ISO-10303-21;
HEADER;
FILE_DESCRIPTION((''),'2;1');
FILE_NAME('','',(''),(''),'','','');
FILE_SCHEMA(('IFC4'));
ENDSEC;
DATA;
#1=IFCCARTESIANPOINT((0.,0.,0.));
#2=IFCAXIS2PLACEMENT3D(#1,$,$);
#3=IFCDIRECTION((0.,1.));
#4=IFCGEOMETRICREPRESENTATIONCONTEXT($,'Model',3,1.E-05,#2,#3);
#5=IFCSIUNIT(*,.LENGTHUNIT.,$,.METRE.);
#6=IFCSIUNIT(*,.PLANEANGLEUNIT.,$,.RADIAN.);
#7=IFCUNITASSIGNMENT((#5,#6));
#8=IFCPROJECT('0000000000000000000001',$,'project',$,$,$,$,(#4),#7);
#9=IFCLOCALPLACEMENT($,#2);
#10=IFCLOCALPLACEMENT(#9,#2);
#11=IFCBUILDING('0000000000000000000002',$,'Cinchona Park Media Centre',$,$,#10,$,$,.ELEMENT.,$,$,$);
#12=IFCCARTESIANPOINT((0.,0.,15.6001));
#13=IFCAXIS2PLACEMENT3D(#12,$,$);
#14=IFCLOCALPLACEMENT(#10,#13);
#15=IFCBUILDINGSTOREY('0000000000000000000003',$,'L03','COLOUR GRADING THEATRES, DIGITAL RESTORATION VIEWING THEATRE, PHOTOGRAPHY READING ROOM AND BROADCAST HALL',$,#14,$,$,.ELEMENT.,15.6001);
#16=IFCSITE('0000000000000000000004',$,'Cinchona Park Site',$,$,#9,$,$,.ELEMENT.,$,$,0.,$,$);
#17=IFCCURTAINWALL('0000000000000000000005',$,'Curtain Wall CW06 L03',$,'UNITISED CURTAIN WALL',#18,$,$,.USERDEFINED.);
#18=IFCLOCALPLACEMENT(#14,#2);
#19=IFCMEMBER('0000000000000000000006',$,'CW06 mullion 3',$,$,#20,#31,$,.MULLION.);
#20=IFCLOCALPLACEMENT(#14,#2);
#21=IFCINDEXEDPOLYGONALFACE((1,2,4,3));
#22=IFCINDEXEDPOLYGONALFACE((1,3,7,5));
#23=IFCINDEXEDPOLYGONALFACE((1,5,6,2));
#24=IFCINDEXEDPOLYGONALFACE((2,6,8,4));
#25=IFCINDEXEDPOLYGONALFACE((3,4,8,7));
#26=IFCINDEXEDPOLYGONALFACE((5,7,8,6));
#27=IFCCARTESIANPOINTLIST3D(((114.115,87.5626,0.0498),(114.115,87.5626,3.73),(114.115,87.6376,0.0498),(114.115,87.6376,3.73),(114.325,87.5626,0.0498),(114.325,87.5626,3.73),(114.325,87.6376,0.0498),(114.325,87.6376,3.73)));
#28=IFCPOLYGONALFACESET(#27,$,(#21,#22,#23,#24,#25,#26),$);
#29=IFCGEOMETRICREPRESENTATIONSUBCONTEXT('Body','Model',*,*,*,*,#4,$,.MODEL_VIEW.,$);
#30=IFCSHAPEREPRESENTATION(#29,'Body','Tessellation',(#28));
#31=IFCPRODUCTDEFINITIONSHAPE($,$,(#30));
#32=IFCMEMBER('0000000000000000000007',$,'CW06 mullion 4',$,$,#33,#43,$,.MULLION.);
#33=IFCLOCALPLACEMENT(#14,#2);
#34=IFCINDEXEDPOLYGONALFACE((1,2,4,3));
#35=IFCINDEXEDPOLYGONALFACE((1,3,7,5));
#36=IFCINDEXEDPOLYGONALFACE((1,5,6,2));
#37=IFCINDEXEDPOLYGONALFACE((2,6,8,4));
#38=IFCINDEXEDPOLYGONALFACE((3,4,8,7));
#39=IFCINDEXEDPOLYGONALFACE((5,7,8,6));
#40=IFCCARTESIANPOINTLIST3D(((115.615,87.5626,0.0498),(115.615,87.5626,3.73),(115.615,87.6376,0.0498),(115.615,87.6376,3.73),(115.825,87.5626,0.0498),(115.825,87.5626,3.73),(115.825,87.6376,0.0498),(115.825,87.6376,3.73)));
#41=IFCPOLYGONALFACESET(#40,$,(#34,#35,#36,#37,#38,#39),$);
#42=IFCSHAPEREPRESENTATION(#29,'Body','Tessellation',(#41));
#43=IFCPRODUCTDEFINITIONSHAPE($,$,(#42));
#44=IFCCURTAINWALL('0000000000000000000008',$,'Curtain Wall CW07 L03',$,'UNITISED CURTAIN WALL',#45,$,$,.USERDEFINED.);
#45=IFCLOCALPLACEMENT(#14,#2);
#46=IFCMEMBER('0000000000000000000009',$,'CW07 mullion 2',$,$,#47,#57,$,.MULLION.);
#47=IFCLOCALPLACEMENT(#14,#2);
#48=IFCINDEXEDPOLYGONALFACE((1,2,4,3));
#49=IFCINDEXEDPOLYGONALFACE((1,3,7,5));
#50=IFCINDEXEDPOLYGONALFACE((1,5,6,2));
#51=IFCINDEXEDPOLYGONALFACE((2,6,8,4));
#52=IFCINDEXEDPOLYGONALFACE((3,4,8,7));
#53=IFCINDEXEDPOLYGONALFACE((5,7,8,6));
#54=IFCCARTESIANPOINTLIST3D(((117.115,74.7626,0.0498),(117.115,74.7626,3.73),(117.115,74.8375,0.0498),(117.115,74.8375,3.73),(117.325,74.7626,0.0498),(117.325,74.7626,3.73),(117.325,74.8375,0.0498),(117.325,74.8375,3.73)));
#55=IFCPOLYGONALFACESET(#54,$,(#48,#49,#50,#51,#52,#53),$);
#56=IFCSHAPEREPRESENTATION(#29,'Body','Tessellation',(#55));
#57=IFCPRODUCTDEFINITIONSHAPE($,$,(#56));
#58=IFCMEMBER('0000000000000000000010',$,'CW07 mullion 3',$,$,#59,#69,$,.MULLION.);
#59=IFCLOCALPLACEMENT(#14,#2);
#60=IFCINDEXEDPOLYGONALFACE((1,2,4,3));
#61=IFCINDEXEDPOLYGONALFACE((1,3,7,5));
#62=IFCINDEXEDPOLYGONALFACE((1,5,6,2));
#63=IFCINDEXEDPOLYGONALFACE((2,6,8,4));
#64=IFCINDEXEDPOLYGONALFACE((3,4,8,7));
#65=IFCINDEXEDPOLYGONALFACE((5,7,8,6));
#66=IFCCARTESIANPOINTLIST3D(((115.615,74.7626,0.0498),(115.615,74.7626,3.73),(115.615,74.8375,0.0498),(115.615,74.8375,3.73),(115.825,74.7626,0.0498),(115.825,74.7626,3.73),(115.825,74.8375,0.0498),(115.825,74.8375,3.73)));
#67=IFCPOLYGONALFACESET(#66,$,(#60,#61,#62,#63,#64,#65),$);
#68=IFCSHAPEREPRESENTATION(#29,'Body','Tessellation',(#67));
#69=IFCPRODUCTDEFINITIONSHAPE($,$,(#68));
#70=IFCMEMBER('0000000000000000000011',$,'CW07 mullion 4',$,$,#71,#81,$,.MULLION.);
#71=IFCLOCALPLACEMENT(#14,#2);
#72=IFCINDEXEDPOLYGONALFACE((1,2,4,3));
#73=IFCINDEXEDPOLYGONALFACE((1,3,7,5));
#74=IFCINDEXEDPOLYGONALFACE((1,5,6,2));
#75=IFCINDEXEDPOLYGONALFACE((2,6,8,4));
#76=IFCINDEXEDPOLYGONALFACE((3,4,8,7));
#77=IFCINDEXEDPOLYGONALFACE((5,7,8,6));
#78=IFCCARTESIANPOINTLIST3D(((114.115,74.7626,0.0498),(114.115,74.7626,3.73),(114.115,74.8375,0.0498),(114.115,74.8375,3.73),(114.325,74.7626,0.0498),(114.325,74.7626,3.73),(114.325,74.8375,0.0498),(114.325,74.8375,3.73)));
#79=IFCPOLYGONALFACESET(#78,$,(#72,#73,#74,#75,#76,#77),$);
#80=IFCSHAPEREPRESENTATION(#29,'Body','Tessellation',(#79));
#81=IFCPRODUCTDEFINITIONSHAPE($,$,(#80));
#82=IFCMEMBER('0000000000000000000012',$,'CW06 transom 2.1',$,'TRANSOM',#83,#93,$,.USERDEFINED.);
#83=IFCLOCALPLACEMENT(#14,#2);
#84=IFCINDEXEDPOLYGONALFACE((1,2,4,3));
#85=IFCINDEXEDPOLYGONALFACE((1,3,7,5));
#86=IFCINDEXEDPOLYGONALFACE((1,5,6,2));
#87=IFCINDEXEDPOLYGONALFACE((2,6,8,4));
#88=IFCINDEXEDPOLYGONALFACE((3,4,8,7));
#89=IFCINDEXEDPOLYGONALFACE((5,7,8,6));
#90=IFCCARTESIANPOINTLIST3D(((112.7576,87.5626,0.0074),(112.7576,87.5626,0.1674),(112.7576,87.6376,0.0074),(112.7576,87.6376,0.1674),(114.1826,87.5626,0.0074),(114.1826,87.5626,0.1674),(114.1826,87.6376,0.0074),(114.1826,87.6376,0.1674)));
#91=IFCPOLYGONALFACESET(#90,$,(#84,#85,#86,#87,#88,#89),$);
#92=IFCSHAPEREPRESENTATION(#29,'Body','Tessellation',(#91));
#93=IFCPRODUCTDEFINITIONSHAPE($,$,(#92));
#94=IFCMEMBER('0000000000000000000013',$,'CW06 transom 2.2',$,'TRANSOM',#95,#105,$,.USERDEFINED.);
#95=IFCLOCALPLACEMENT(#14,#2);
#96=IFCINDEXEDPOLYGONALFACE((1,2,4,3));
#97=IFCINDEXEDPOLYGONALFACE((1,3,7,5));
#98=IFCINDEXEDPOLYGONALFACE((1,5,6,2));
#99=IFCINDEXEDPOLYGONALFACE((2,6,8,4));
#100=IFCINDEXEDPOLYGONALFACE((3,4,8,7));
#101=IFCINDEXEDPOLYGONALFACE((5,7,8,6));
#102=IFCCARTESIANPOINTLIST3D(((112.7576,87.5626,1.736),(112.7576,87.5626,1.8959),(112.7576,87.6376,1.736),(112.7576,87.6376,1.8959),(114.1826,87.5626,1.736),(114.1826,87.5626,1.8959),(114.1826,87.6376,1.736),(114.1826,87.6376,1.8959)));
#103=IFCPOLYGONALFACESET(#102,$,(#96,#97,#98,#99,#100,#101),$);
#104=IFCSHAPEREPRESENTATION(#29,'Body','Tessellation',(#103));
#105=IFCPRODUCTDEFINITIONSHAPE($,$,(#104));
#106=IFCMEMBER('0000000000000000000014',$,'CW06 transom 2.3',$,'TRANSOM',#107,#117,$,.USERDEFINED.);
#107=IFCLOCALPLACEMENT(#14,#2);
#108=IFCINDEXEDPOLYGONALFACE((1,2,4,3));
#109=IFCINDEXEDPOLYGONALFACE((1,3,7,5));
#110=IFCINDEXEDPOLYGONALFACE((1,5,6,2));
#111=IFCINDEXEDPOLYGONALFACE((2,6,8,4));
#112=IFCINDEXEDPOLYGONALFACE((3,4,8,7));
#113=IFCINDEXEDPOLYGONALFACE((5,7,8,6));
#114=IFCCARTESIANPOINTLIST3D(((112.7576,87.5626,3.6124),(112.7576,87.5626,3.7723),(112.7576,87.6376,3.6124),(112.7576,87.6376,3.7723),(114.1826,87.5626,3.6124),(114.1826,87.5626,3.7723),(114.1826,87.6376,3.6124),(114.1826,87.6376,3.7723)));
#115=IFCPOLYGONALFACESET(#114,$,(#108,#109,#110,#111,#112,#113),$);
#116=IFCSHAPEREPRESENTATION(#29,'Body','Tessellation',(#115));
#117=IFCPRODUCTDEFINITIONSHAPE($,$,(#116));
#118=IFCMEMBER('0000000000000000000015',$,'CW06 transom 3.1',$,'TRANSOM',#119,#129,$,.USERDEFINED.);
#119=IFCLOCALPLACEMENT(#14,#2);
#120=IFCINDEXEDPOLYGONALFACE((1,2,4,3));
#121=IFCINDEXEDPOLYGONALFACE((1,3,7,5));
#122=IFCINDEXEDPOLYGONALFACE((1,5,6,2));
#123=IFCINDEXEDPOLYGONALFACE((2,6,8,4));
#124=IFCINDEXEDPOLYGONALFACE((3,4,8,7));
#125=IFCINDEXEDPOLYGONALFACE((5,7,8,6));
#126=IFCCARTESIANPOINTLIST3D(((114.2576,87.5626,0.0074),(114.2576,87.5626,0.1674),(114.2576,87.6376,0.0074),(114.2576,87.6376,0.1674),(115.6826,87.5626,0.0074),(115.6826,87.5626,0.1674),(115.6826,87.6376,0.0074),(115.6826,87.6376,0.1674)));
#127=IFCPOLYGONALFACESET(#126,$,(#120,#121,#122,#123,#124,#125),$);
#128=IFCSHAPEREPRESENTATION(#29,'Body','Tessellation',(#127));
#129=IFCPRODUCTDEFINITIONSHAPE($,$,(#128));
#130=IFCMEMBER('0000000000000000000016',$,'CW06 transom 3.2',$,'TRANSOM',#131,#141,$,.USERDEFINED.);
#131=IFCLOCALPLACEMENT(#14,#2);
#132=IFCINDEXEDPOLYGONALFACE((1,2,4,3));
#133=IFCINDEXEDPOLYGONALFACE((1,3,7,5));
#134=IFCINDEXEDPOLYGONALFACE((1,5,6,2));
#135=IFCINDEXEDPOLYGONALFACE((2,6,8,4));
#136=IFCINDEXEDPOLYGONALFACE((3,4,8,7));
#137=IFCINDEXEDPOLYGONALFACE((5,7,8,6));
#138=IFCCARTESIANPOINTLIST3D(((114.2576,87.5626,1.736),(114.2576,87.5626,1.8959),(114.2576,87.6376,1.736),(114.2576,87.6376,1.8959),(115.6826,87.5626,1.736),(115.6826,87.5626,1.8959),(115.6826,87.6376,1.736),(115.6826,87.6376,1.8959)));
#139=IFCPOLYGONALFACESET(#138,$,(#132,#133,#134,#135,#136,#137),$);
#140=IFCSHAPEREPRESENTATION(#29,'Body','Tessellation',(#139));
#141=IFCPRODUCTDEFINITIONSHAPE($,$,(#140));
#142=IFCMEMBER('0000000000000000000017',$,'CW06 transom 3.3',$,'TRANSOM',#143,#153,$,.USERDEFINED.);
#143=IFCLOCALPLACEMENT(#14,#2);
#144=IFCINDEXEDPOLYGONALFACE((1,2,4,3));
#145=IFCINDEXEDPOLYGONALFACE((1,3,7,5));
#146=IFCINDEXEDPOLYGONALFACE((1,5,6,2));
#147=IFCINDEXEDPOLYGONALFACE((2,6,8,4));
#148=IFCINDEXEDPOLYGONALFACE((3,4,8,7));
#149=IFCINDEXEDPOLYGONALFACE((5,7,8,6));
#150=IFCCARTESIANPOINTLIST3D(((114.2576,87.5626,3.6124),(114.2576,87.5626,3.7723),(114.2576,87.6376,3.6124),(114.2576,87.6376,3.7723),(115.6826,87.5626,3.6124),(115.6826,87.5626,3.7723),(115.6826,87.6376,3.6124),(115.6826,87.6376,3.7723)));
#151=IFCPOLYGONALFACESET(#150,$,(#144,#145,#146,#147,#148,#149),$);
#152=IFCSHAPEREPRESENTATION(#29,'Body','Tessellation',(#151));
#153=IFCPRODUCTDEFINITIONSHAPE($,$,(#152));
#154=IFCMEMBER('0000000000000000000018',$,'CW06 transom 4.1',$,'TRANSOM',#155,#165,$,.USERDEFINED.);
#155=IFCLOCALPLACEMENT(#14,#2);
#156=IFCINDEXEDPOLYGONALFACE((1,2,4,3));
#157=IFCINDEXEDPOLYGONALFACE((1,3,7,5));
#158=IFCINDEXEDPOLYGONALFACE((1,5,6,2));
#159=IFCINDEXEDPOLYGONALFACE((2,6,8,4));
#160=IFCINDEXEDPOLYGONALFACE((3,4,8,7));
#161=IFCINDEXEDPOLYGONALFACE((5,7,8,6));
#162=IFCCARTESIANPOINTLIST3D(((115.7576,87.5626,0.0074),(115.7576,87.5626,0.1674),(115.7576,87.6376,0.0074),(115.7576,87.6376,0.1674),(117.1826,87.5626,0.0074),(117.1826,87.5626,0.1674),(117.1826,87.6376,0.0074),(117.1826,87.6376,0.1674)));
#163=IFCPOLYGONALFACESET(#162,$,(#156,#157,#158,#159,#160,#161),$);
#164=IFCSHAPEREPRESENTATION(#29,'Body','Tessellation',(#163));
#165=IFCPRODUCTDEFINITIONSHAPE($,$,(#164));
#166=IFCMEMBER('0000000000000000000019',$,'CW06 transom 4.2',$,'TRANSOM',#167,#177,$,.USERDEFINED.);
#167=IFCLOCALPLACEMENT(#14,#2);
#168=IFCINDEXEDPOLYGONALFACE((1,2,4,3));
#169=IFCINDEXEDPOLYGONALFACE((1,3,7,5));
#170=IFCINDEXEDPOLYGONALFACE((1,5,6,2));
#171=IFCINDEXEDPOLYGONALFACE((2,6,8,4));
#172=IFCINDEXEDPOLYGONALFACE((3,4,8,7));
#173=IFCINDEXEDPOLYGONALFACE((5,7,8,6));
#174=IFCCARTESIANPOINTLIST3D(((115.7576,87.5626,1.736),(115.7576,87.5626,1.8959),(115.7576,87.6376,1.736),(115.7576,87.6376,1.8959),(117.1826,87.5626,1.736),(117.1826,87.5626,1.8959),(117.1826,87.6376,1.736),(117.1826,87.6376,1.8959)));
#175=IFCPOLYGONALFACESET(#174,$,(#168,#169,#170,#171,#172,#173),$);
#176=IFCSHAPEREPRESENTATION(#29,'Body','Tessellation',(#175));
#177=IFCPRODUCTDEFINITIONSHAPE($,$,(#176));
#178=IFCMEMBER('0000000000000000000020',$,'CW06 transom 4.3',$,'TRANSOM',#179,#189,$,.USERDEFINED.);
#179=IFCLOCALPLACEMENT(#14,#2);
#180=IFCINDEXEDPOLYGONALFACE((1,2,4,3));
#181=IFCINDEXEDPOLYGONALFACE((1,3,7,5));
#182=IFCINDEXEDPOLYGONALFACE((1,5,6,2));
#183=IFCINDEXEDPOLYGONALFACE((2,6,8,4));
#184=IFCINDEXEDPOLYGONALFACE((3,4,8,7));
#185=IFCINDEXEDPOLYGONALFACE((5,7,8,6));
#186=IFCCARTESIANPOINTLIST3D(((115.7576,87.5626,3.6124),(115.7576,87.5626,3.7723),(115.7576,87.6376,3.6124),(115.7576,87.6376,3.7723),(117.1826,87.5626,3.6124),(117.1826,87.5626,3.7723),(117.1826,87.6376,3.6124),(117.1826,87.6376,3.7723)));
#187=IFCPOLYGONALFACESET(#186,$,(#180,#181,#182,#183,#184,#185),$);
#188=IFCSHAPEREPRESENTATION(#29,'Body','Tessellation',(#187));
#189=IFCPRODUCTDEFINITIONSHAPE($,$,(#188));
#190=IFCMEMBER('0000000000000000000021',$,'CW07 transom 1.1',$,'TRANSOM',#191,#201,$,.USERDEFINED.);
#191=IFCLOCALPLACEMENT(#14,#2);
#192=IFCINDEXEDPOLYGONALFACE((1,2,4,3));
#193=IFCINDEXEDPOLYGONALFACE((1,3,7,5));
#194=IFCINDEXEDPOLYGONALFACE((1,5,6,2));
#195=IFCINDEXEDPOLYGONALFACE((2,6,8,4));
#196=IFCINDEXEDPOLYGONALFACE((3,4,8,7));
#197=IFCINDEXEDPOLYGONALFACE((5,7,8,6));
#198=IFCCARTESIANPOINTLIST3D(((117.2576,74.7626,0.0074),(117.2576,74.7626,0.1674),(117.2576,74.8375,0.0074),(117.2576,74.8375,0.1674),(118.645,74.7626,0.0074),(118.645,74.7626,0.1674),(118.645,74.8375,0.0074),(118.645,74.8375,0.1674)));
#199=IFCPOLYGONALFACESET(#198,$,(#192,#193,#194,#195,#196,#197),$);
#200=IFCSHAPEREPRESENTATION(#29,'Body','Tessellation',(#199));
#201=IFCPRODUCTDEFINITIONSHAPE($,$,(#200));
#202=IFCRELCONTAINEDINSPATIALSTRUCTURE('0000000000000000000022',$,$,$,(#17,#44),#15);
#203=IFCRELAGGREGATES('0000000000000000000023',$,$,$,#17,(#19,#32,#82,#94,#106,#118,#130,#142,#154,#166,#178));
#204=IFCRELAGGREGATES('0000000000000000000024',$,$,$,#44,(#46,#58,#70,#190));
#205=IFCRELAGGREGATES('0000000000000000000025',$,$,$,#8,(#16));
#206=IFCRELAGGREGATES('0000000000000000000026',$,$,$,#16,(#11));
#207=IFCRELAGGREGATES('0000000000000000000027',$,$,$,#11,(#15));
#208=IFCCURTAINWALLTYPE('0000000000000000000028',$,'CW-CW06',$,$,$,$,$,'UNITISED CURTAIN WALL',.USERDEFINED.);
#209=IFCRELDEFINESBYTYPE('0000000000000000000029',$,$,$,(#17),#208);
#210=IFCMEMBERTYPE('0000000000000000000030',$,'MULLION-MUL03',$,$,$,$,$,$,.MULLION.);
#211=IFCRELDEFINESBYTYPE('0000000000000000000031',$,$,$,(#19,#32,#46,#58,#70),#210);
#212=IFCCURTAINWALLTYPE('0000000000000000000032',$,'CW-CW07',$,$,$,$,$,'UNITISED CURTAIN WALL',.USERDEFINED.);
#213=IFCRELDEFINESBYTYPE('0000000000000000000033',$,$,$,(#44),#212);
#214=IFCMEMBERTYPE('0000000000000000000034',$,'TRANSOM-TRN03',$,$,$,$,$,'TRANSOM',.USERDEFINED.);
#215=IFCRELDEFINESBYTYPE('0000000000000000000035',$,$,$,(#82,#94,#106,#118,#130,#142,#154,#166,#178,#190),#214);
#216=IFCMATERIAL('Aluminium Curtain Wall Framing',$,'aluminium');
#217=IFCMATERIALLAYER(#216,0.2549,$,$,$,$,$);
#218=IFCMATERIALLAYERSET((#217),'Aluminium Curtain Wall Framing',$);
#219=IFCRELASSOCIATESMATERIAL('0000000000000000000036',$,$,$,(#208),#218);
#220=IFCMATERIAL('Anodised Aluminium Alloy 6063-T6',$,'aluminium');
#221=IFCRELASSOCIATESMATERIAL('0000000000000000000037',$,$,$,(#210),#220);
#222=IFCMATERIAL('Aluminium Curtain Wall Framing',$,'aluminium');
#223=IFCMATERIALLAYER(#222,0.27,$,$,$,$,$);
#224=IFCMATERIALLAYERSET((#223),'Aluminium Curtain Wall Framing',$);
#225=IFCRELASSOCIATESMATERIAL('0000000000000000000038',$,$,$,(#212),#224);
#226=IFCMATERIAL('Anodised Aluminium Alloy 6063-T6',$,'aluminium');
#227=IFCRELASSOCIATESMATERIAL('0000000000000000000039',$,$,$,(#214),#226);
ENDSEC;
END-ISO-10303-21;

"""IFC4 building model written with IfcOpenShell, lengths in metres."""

from ifc_helpers import new_model, si_unit, direction, frame, origin, origin_2d, place, context, subcontext, project, spatial, rectangle, extrude, material, layer, layer_set, material_profile, profile_set, type_object, element, aggregate, save


model = new_model("IFC4")

# Units and contexts
model_context = context("Model", 3, precision=1e-05, world=origin(), true_north=direction((0.0, 1.0)))
body_context = subcontext(model_context, "Body", "Model", "MODEL_VIEW")
ifc_project = project(units=[si_unit("LENGTHUNIT", "METRE"), si_unit("PLANEANGLEUNIT", "RADIAN")], contexts=[model_context])

# Site, building, storey
site_placement = place(None, origin())
site = spatial("IfcSite", under=ifc_project, at=site_placement, Name="Cinchona Park Site", CompositionType="ELEMENT", RefElevation=0.0)
building_placement = place(site_placement, origin())
building = spatial("IfcBuilding", under=site, at=building_placement, Name="Cinchona Park Media Centre", CompositionType="ELEMENT")
storey_placement = place(building_placement, frame((0.0, 0.0, 15.6001)))
storey = spatial("IfcBuildingStorey", under=building, at=storey_placement, Name="L03", Description="COLOUR GRADING THEATRES, DIGITAL RESTORATION VIEWING THEATRE, PHOTOGRAPHY READING ROOM AND BROADCAST HALL", CompositionType="ELEMENT", Elevation=15.6001)

# Curtain walls, members
ifc_material_1 = material(Name="Aluminium Curtain Wall Framing", Category="aluminium")
ifc_layer_1 = layer(ifc_material_1, 0.2549)
ifc_layer_set_1 = layer_set([ifc_layer_1], Name="Aluminium Curtain Wall Framing")
curtain_wall_type_1 = type_object("IfcCurtainWallType", Name="CW-CW06", ElementType="UNITISED CURTAIN WALL", PredefinedType="USERDEFINED", material=ifc_layer_set_1)
curtain_wall_1_placement = place(storey_placement, origin())
curtain_wall_1 = element("IfcCurtainWall", 1, at=curtain_wall_1_placement, inside=storey, type_object=curtain_wall_type_1, Name="Curtain Wall CW06 L03", ObjectType="UNITISED CURTAIN WALL", PredefinedType="USERDEFINED")
ifc_material_2 = material(Name="Anodised Aluminium Alloy 6063-T6", Category="aluminium")
ifc_material_profile_1 = material_profile(ifc_material_2, rectangle(XDim=0.075, YDim=0.21, at=origin_2d()), Name="MUL-75X210")
ifc_profile_set_1 = profile_set([ifc_material_profile_1], Name="Anodised Aluminium Alloy 6063-T6")
member_type_1 = type_object("IfcMemberType", Name="MULLION-MUL03", PredefinedType="MULLION", material=ifc_profile_set_1)
member_1_placement = place(storey_placement, frame((114.22, 87.6001, 0.0498), z_axis=(0.0, 0.0, 1.0), x_axis=(0.0, 1.0, 0.0)))
member_1 = element("IfcMember", 2, at=member_1_placement, type_object=member_type_1, Name="CW06 mullion 3", PredefinedType="MULLION", context=body_context, shape_type="SweptSolid", body=[
    extrude(rectangle(XDim=0.075, YDim=0.21, at=origin_2d()), origin(), (0.0, 0.0, 1.0), 3.6802),
])
member_2_placement = place(storey_placement, frame((115.72, 87.6001, 0.0498), z_axis=(0.0, 0.0, 1.0), x_axis=(0.0, 1.0, 0.0)))
member_2 = element("IfcMember", 3, at=member_2_placement, type_object=member_type_1, Name="CW06 mullion 4", PredefinedType="MULLION", context=body_context, shape_type="SweptSolid", body=[
    extrude(rectangle(XDim=0.075, YDim=0.21, at=origin_2d()), origin(), (0.0, 0.0, 1.0), 3.6802),
])
ifc_material_3 = material(Name="Aluminium Curtain Wall Framing", Category="aluminium")
ifc_layer_2 = layer(ifc_material_3, 0.27)
ifc_layer_set_2 = layer_set([ifc_layer_2], Name="Aluminium Curtain Wall Framing")
curtain_wall_type_2 = type_object("IfcCurtainWallType", Name="CW-CW07", ElementType="UNITISED CURTAIN WALL", PredefinedType="USERDEFINED", material=ifc_layer_set_2)
curtain_wall_2_placement = place(storey_placement, origin())
curtain_wall_2 = element("IfcCurtainWall", 4, at=curtain_wall_2_placement, inside=storey, type_object=curtain_wall_type_2, Name="Curtain Wall CW07 L03", ObjectType="UNITISED CURTAIN WALL", PredefinedType="USERDEFINED")
member_3_placement = place(storey_placement, frame((117.22, 74.8, 0.0498), z_axis=(0.0, 0.0, 1.0), x_axis=(0.0, -1.0, 0.0)))
member_3 = element("IfcMember", 5, at=member_3_placement, type_object=member_type_1, Name="CW07 mullion 2", PredefinedType="MULLION", context=body_context, shape_type="SweptSolid", body=[
    extrude(rectangle(XDim=0.075, YDim=0.21, at=origin_2d()), origin(), (0.0, 0.0, 1.0), 3.6802),
])
member_4_placement = place(storey_placement, frame((115.72, 74.8, 0.0498), z_axis=(0.0, 0.0, 1.0), x_axis=(0.0, -1.0, 0.0)))
member_4 = element("IfcMember", 6, at=member_4_placement, type_object=member_type_1, Name="CW07 mullion 3", PredefinedType="MULLION", context=body_context, shape_type="SweptSolid", body=[
    extrude(rectangle(XDim=0.075, YDim=0.21, at=origin_2d()), origin(), (0.0, 0.0, 1.0), 3.6802),
])
member_5_placement = place(storey_placement, frame((114.22, 74.8, 0.0498), z_axis=(0.0, 0.0, 1.0), x_axis=(0.0, -1.0, 0.0)))
member_5 = element("IfcMember", 7, at=member_5_placement, type_object=member_type_1, Name="CW07 mullion 4", PredefinedType="MULLION", context=body_context, shape_type="SweptSolid", body=[
    extrude(rectangle(XDim=0.075, YDim=0.21, at=origin_2d()), origin(), (0.0, 0.0, 1.0), 3.6802),
])

# Members
ifc_material_4 = material(Name="Anodised Aluminium Alloy 6063-T6", Category="aluminium")
ifc_material_profile_2 = material_profile(ifc_material_4, rectangle(XDim=0.075, YDim=0.1599, at=origin_2d()), Name="TRN-75X160")
ifc_profile_set_2 = profile_set([ifc_material_profile_2], Name="Anodised Aluminium Alloy 6063-T6")
member_type_2 = type_object("IfcMemberType", Name="TRANSOM-TRN03", ElementType="TRANSOM", PredefinedType="USERDEFINED", material=ifc_profile_set_2)
member_6_placement = place(storey_placement, frame((112.7576, 87.6001, 0.0874), z_axis=(1.0, 0.0, 0.0), x_axis=(0.0, 1.0, 0.0)))
member_6 = element("IfcMember", 8, at=member_6_placement, type_object=member_type_2, Name="CW06 transom 2.1", ObjectType="TRANSOM", PredefinedType="USERDEFINED", context=body_context, shape_type="SweptSolid", body=[
    extrude(rectangle(XDim=0.075, YDim=0.1599, at=origin_2d()), origin(), (0.0, 0.0, 1.0), 1.425),
])
member_7_placement = place(storey_placement, frame((112.7576, 87.6001, 1.8159), z_axis=(1.0, 0.0, 0.0), x_axis=(0.0, 1.0, 0.0)))
member_7 = element("IfcMember", 9, at=member_7_placement, type_object=member_type_2, Name="CW06 transom 2.2", ObjectType="TRANSOM", PredefinedType="USERDEFINED", context=body_context, shape_type="SweptSolid", body=[
    extrude(rectangle(XDim=0.075, YDim=0.1599, at=origin_2d()), origin(), (0.0, 0.0, 1.0), 1.425),
])
member_8_placement = place(storey_placement, frame((112.7576, 87.6001, 3.6924), z_axis=(1.0, 0.0, 0.0), x_axis=(0.0, 1.0, 0.0)))
member_8 = element("IfcMember", 10, at=member_8_placement, type_object=member_type_2, Name="CW06 transom 2.3", ObjectType="TRANSOM", PredefinedType="USERDEFINED", context=body_context, shape_type="SweptSolid", body=[
    extrude(rectangle(XDim=0.075, YDim=0.1599, at=origin_2d()), origin(), (0.0, 0.0, 1.0), 1.425),
])
member_9_placement = place(storey_placement, frame((114.2576, 87.6001, 0.0874), z_axis=(1.0, 0.0, 0.0), x_axis=(0.0, 1.0, 0.0)))
member_9 = element("IfcMember", 11, at=member_9_placement, type_object=member_type_2, Name="CW06 transom 3.1", ObjectType="TRANSOM", PredefinedType="USERDEFINED", context=body_context, shape_type="SweptSolid", body=[
    extrude(rectangle(XDim=0.075, YDim=0.1599, at=origin_2d()), origin(), (0.0, 0.0, 1.0), 1.425),
])
member_10_placement = place(storey_placement, frame((114.2576, 87.6001, 1.8159), z_axis=(1.0, 0.0, 0.0), x_axis=(0.0, 1.0, 0.0)))
member_10 = element("IfcMember", 12, at=member_10_placement, type_object=member_type_2, Name="CW06 transom 3.2", ObjectType="TRANSOM", PredefinedType="USERDEFINED", context=body_context, shape_type="SweptSolid", body=[
    extrude(rectangle(XDim=0.075, YDim=0.1599, at=origin_2d()), origin(), (0.0, 0.0, 1.0), 1.425),
])
member_11_placement = place(storey_placement, frame((114.2576, 87.6001, 3.6924), z_axis=(1.0, 0.0, 0.0), x_axis=(0.0, 1.0, 0.0)))
member_11 = element("IfcMember", 13, at=member_11_placement, type_object=member_type_2, Name="CW06 transom 3.3", ObjectType="TRANSOM", PredefinedType="USERDEFINED", context=body_context, shape_type="SweptSolid", body=[
    extrude(rectangle(XDim=0.075, YDim=0.1599, at=origin_2d()), origin(), (0.0, 0.0, 1.0), 1.425),
])
member_12_placement = place(storey_placement, frame((115.7576, 87.6001, 0.0874), z_axis=(1.0, 0.0, 0.0), x_axis=(0.0, 1.0, 0.0)))
member_12 = element("IfcMember", 14, at=member_12_placement, type_object=member_type_2, Name="CW06 transom 4.1", ObjectType="TRANSOM", PredefinedType="USERDEFINED", context=body_context, shape_type="SweptSolid", body=[
    extrude(rectangle(XDim=0.075, YDim=0.1599, at=origin_2d()), origin(), (0.0, 0.0, 1.0), 1.425),
])
member_13_placement = place(storey_placement, frame((115.7576, 87.6001, 1.8159), z_axis=(1.0, 0.0, 0.0), x_axis=(0.0, 1.0, 0.0)))
member_13 = element("IfcMember", 15, at=member_13_placement, type_object=member_type_2, Name="CW06 transom 4.2", ObjectType="TRANSOM", PredefinedType="USERDEFINED", context=body_context, shape_type="SweptSolid", body=[
    extrude(rectangle(XDim=0.075, YDim=0.1599, at=origin_2d()), origin(), (0.0, 0.0, 1.0), 1.425),
])
member_14_placement = place(storey_placement, frame((115.7576, 87.6001, 3.6924), z_axis=(1.0, 0.0, 0.0), x_axis=(0.0, 1.0, 0.0)))
member_14 = element("IfcMember", 16, at=member_14_placement, type_object=member_type_2, Name="CW06 transom 4.3", ObjectType="TRANSOM", PredefinedType="USERDEFINED", context=body_context, shape_type="SweptSolid", body=[
    extrude(rectangle(XDim=0.075, YDim=0.1599, at=origin_2d()), origin(), (0.0, 0.0, 1.0), 1.425),
])
member_15_placement = place(storey_placement, frame((118.645, 74.8, 0.0874), z_axis=(-1.0, 0.0, 0.0), x_axis=(0.0, -1.0, 0.0)))
member_15 = element("IfcMember", 17, at=member_15_placement, type_object=member_type_2, Name="CW07 transom 1.1", ObjectType="TRANSOM", PredefinedType="USERDEFINED", context=body_context, shape_type="SweptSolid", body=[
    extrude(rectangle(XDim=0.075, YDim=0.1599, at=origin_2d()), origin(), (0.0, 0.0, 1.0), 1.3875),
])

aggregate(curtain_wall_1, [member_1, member_2, member_6, member_7, member_8, member_9, member_10, member_11, member_12, member_13, member_14])
aggregate(curtain_wall_2, [member_3, member_4, member_5, member_15])

save(model, "model.ifc")
